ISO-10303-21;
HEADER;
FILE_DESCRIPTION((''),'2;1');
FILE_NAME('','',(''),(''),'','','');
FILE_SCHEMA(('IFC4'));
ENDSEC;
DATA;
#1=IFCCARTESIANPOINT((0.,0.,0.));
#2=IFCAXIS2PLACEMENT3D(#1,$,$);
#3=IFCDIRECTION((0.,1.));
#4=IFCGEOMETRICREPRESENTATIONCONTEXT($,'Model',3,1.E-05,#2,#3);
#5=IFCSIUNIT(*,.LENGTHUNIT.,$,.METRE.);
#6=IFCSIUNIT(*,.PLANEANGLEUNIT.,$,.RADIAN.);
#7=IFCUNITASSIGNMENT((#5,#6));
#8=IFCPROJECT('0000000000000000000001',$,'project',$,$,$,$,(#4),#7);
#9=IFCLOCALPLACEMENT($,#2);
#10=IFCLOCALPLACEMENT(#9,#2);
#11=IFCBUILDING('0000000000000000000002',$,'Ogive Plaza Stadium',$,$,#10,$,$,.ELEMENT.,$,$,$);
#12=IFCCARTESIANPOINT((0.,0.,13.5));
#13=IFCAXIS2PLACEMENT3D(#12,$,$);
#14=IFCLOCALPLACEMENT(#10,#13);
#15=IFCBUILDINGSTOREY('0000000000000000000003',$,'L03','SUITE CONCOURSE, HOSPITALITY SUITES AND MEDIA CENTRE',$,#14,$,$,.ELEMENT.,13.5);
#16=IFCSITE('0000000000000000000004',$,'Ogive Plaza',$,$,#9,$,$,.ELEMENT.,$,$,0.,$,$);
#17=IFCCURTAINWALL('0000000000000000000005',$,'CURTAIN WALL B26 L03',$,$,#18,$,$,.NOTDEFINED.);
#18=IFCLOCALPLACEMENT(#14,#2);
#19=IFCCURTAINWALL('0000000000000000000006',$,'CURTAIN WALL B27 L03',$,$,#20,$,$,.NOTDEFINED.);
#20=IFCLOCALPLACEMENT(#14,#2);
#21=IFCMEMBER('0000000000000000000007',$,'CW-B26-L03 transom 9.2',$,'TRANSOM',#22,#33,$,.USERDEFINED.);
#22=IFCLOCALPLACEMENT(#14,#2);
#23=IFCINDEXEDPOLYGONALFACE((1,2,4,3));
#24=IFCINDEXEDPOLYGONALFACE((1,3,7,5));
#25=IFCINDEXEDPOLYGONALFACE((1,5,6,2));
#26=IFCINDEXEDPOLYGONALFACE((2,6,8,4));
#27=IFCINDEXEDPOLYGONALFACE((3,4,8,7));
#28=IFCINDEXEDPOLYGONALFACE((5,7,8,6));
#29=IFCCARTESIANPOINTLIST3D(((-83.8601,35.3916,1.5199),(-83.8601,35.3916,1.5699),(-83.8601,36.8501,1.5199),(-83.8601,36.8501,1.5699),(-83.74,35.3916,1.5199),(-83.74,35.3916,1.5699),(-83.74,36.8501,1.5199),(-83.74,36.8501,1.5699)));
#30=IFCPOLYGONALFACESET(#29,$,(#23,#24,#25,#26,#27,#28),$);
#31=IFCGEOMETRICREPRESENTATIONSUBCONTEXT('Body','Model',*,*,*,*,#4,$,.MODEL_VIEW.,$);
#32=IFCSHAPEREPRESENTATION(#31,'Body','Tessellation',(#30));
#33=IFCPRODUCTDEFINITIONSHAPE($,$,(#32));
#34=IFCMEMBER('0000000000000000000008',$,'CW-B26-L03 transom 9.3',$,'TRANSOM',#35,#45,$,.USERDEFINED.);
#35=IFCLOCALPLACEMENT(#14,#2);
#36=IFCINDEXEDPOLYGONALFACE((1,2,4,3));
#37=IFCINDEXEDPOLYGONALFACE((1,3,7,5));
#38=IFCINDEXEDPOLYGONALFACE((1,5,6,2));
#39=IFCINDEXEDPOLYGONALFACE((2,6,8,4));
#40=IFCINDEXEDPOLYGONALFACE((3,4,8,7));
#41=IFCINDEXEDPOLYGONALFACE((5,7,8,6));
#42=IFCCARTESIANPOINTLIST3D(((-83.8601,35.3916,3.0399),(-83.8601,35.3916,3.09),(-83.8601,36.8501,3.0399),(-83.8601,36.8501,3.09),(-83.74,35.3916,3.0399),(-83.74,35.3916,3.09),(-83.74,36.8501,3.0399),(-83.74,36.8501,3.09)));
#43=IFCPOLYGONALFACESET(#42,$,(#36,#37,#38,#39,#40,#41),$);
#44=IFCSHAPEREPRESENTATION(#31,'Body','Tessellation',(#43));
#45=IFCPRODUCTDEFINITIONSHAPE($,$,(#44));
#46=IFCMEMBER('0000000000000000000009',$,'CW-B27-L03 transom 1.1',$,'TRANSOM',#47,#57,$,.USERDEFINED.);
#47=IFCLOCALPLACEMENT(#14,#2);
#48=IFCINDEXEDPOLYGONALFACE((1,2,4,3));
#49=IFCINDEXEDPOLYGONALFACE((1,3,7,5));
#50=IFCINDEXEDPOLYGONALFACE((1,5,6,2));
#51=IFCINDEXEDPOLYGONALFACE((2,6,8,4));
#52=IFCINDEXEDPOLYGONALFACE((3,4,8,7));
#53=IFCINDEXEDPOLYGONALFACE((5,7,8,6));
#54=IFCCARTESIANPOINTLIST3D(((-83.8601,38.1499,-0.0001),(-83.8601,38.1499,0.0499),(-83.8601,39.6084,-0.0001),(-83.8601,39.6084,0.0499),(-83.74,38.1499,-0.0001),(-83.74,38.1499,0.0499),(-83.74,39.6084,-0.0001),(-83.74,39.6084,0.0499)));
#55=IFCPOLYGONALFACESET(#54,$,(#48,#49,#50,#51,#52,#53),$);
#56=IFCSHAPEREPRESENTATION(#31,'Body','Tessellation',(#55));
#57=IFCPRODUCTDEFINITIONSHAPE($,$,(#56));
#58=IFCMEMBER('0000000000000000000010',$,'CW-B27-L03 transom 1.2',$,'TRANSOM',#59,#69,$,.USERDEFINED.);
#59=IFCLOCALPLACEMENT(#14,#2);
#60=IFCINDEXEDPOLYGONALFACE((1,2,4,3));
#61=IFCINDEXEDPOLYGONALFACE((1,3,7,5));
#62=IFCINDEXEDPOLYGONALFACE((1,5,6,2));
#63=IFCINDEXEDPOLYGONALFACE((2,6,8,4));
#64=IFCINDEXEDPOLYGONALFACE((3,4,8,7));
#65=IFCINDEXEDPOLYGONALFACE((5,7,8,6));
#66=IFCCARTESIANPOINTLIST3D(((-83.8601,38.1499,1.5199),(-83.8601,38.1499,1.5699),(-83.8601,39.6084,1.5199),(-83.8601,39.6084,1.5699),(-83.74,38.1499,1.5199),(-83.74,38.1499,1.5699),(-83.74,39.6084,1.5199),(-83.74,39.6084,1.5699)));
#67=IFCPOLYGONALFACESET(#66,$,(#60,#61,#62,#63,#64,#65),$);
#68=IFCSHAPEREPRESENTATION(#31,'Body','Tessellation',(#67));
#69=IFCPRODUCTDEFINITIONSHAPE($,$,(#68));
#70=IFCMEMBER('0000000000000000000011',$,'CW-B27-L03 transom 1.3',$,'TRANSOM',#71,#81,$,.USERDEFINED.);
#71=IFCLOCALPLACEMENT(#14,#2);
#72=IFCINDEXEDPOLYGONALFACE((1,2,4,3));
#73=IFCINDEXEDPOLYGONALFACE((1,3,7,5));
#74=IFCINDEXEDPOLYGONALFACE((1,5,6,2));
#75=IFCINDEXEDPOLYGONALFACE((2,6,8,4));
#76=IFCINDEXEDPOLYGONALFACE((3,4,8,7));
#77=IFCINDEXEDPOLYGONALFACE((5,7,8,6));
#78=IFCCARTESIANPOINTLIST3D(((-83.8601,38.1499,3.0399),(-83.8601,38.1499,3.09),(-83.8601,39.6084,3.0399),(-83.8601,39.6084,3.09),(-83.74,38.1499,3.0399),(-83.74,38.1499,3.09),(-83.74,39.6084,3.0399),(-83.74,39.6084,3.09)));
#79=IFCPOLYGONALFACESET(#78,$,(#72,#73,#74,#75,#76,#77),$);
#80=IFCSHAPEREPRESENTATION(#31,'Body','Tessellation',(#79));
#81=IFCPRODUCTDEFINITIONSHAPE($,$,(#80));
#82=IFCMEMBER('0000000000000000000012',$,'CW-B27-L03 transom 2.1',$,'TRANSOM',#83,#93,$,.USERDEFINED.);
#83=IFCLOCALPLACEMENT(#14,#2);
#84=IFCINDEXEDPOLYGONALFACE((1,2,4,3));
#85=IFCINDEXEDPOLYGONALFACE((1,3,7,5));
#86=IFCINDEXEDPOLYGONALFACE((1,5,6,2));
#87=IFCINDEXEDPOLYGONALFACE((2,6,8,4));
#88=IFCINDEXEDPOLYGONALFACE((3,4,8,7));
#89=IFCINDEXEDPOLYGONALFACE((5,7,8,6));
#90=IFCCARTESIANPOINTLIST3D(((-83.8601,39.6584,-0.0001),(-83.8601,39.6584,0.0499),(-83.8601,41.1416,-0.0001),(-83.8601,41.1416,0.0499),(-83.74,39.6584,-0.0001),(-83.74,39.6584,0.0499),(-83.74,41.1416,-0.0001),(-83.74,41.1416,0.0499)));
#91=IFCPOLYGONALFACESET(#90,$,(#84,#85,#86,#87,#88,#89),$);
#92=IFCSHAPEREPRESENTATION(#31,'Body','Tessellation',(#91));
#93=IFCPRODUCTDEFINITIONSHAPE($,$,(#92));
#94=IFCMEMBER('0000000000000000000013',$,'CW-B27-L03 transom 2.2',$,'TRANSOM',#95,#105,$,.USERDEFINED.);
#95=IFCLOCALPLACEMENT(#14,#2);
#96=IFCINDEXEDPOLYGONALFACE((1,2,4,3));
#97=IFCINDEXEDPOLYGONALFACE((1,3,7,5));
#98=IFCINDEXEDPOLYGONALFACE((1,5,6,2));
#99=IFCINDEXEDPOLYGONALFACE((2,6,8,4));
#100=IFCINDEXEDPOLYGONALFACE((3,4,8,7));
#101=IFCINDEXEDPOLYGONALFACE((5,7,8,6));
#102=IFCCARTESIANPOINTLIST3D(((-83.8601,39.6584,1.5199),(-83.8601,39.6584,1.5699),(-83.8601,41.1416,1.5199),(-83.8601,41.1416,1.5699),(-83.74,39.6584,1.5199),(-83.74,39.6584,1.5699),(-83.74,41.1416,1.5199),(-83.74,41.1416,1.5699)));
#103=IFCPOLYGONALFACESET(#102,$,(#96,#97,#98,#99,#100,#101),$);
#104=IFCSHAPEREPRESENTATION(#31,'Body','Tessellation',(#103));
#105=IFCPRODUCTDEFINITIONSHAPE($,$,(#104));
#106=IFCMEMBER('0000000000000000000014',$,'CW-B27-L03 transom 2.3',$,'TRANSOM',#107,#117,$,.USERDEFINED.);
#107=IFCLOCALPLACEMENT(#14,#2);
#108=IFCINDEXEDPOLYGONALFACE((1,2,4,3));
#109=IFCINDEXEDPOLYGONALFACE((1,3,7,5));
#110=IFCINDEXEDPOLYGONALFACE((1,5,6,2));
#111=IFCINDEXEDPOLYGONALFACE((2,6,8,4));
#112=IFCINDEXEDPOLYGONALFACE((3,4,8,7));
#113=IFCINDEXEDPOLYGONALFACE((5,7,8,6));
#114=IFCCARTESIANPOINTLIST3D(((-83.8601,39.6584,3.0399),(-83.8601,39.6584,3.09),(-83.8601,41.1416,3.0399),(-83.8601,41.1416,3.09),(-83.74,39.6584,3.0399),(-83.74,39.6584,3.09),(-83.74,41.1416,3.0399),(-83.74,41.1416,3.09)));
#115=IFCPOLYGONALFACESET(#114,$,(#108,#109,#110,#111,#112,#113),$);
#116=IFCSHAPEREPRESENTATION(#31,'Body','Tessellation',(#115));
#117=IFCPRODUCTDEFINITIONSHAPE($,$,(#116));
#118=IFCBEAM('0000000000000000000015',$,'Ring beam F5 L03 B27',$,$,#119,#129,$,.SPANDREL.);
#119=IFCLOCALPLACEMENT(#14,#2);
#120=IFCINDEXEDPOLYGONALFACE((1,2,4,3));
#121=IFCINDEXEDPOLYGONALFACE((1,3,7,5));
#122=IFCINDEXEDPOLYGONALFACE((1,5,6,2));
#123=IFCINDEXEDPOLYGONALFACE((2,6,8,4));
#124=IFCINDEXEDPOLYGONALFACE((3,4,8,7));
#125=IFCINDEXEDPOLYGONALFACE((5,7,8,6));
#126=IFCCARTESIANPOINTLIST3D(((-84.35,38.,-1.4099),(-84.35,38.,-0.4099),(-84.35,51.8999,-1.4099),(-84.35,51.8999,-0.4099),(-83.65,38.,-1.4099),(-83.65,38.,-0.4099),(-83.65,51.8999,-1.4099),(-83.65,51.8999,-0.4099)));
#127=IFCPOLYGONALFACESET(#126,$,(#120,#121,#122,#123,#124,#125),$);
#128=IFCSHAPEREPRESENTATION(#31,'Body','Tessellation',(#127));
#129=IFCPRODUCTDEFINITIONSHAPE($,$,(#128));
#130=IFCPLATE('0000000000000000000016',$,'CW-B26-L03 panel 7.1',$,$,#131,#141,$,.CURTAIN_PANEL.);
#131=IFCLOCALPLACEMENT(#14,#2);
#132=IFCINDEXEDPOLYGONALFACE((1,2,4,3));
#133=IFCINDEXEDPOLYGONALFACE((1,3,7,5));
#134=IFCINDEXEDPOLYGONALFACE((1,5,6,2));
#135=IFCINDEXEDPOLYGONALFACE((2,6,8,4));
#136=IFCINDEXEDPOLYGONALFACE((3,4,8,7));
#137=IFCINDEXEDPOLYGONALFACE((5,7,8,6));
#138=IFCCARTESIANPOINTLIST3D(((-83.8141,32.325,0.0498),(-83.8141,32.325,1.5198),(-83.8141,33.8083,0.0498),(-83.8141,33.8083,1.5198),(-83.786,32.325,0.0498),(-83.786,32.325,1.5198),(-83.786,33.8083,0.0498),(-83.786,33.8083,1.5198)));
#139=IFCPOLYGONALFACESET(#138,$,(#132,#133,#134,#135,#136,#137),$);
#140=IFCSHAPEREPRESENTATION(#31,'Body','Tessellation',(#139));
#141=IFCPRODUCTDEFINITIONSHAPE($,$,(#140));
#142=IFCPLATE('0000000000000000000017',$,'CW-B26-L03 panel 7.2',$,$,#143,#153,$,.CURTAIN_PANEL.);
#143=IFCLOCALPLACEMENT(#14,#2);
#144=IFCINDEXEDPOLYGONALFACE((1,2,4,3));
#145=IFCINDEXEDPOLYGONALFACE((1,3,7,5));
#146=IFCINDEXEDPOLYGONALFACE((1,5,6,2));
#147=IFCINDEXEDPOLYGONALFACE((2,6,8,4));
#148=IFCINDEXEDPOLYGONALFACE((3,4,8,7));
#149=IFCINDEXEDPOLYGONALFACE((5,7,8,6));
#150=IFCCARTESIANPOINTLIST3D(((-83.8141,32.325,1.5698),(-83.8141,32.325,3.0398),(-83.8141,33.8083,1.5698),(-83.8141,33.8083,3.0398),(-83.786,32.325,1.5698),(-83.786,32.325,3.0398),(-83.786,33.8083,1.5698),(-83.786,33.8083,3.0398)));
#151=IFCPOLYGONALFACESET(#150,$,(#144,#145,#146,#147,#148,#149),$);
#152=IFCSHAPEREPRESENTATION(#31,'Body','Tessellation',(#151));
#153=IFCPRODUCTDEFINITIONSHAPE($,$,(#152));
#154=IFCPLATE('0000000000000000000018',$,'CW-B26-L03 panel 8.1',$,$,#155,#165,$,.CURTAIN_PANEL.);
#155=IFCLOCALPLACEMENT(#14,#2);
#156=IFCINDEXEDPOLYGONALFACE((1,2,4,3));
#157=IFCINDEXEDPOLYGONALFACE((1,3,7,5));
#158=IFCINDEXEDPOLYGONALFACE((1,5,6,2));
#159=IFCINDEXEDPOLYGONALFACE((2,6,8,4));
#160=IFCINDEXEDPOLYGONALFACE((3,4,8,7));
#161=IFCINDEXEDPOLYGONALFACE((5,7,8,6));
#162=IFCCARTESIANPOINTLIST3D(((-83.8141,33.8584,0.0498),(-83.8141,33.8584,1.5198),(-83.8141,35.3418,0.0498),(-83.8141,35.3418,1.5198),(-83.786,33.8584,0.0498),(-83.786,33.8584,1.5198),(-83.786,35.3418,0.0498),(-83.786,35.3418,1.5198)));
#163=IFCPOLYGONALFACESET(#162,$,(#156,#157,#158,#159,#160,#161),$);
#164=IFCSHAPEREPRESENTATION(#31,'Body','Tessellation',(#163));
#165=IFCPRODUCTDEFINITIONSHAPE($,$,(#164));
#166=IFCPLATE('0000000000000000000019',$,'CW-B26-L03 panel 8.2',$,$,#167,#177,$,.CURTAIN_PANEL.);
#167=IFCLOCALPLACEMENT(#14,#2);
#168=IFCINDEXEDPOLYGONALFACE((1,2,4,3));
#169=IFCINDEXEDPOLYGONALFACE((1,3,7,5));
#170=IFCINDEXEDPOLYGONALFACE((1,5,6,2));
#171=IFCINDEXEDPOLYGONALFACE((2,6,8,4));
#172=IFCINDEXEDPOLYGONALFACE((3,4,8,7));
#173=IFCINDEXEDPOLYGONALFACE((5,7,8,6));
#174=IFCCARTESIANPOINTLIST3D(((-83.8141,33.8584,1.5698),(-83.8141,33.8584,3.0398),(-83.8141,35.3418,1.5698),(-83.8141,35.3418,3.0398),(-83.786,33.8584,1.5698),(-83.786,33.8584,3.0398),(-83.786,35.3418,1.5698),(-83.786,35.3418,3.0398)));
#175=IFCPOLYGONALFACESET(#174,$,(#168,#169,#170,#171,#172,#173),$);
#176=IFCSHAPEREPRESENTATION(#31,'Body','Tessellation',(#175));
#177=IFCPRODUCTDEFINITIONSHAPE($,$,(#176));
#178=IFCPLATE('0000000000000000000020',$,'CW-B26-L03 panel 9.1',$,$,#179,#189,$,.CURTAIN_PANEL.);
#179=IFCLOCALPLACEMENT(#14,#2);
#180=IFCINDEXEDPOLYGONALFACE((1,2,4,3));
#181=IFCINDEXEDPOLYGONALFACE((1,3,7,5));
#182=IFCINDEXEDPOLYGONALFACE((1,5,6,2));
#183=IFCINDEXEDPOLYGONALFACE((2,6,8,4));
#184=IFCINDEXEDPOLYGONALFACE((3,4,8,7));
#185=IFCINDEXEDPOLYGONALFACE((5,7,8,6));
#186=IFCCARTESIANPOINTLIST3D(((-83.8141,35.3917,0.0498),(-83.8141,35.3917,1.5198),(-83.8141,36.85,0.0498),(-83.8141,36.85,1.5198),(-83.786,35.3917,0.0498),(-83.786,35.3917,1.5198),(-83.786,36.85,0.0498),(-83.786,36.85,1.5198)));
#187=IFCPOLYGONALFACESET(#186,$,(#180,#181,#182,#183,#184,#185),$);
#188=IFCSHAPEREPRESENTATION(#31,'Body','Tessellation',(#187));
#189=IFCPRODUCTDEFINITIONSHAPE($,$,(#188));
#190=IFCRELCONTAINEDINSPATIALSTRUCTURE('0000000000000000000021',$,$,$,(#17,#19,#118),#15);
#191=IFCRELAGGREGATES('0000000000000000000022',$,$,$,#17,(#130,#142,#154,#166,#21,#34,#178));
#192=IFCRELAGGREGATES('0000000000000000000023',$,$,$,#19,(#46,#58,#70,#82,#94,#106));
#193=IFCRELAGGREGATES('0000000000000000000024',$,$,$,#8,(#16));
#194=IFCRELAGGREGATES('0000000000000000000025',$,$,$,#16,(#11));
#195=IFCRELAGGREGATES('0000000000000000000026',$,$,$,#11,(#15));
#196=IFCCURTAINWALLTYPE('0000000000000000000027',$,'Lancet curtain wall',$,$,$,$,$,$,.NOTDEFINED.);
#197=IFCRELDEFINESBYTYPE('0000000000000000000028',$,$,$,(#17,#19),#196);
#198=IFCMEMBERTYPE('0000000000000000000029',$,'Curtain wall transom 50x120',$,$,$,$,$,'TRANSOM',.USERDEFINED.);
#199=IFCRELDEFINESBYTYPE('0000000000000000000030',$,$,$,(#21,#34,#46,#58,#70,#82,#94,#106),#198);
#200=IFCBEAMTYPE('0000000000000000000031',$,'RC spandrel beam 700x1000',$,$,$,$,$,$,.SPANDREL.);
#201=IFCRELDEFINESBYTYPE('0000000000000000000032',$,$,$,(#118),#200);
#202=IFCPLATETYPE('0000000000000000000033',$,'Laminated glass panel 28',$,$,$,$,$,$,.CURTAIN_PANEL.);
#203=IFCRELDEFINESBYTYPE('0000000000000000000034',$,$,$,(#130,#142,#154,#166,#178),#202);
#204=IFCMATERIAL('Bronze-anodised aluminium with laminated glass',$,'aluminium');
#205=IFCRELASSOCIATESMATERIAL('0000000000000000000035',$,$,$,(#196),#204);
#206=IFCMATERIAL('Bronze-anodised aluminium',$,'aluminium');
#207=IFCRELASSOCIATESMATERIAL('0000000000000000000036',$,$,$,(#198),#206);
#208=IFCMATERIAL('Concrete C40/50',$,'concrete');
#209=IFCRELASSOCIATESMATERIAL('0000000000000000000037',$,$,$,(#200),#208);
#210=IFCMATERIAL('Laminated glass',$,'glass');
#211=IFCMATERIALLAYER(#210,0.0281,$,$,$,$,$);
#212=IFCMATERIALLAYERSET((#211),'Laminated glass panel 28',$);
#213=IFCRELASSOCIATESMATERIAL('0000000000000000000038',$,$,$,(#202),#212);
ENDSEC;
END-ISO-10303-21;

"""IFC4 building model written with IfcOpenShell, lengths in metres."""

from ifc_helpers import new_model, si_unit, direction, frame, origin, origin_2d, place, context, subcontext, project, spatial, rectangle, extrude, material, layer, layer_set, material_profile, profile_set, type_object, element, aggregate, save


model = new_model("IFC4")

# Units and contexts
model_context = context("Model", 3, precision=1e-05, world=origin(), true_north=direction((0.0, 1.0)))
body_context = subcontext(model_context, "Body", "Model", "MODEL_VIEW")
ifc_project = project(units=[si_unit("LENGTHUNIT", "METRE"), si_unit("PLANEANGLEUNIT", "RADIAN")], contexts=[model_context])

# Site, building, storey
site_placement = place(None, origin())
site = spatial("IfcSite", under=ifc_project, at=site_placement, Name="Ogive Plaza", CompositionType="ELEMENT", RefElevation=0.0)
building_placement = place(site_placement, origin())
building = spatial("IfcBuilding", under=site, at=building_placement, Name="Ogive Plaza Stadium", CompositionType="ELEMENT")
storey_placement = place(building_placement, frame((0.0, 0.0, 13.5)))
storey = spatial("IfcBuildingStorey", under=building, at=storey_placement, Name="L03", Description="SUITE CONCOURSE, HOSPITALITY SUITES AND MEDIA CENTRE", CompositionType="ELEMENT", Elevation=13.5)

# Curtain walls
ifc_material_1 = material(Name="Bronze-anodised aluminium with laminated glass", Category="aluminium")
curtain_wall_type = type_object("IfcCurtainWallType", Name="Lancet curtain wall", PredefinedType="NOTDEFINED", material=ifc_material_1)
curtain_wall_1_placement = place(storey_placement, origin())
curtain_wall_1 = element("IfcCurtainWall", 1, at=curtain_wall_1_placement, inside=storey, type_object=curtain_wall_type, Name="CURTAIN WALL B26 L03", PredefinedType="NOTDEFINED")
curtain_wall_2_placement = place(storey_placement, origin())
curtain_wall_2 = element("IfcCurtainWall", 2, at=curtain_wall_2_placement, inside=storey, type_object=curtain_wall_type, Name="CURTAIN WALL B27 L03", PredefinedType="NOTDEFINED")

# Members
ifc_material_2 = material(Name="Bronze-anodised aluminium", Category="aluminium")
ifc_material_profile_1 = material_profile(ifc_material_2, rectangle(XDim=0.1201, YDim=0.05, at=origin_2d()), Name="AL 120x50")
ifc_profile_set_1 = profile_set([ifc_material_profile_1], Name="Bronze-anodised aluminium")
member_type_1 = type_object("IfcMemberType", Name="Curtain wall transom 50x120", ElementType="TRANSOM", PredefinedType="USERDEFINED", material=ifc_profile_set_1)
member_1_placement = place(storey_placement, frame((-83.8, 35.3916, 1.5449), z_axis=(0.0, 1.0, 0.0), x_axis=(-1.0, 0.0, 0.0)))
member_1 = element("IfcMember", 3, at=member_1_placement, type_object=member_type_1, Name="CW-B26-L03 transom 9.2", ObjectType="TRANSOM", PredefinedType="USERDEFINED", context=body_context, shape_type="SweptSolid", body=[
    extrude(rectangle(XDim=0.1201, YDim=0.05, at=origin_2d()), origin(), (0.0, 0.0, 1.0), 1.4585),
])
member_2_placement = place(storey_placement, frame((-83.8, 35.3916, 3.0649), z_axis=(0.0, 1.0, 0.0), x_axis=(-1.0, 0.0, 0.0)))
member_2 = element("IfcMember", 4, at=member_2_placement, type_object=member_type_1, Name="CW-B26-L03 transom 9.3", ObjectType="TRANSOM", PredefinedType="USERDEFINED", context=body_context, shape_type="SweptSolid", body=[
    extrude(rectangle(XDim=0.1201, YDim=0.05, at=origin_2d()), origin(), (0.0, 0.0, 1.0), 1.4585),
])
member_3_placement = place(storey_placement, frame((-83.8, 38.1499, 0.0249), z_axis=(0.0, 1.0, 0.0), x_axis=(-1.0, 0.0, 0.0)))
member_3 = element("IfcMember", 5, at=member_3_placement, type_object=member_type_1, Name="CW-B27-L03 transom 1.1", ObjectType="TRANSOM", PredefinedType="USERDEFINED", context=body_context, shape_type="SweptSolid", body=[
    extrude(rectangle(XDim=0.1201, YDim=0.05, at=origin_2d()), origin(), (0.0, 0.0, 1.0), 1.4585),
])
member_4_placement = place(storey_placement, frame((-83.8, 38.1499, 1.5449), z_axis=(0.0, 1.0, 0.0), x_axis=(-1.0, 0.0, 0.0)))
member_4 = element("IfcMember", 6, at=member_4_placement, type_object=member_type_1, Name="CW-B27-L03 transom 1.2", ObjectType="TRANSOM", PredefinedType="USERDEFINED", context=body_context, shape_type="SweptSolid", body=[
    extrude(rectangle(XDim=0.1201, YDim=0.05, at=origin_2d()), origin(), (0.0, 0.0, 1.0), 1.4585),
])
member_5_placement = place(storey_placement, frame((-83.8, 38.1499, 3.0649), z_axis=(0.0, 1.0, 0.0), x_axis=(-1.0, 0.0, 0.0)))
member_5 = element("IfcMember", 7, at=member_5_placement, type_object=member_type_1, Name="CW-B27-L03 transom 1.3", ObjectType="TRANSOM", PredefinedType="USERDEFINED", context=body_context, shape_type="SweptSolid", body=[
    extrude(rectangle(XDim=0.1201, YDim=0.05, at=origin_2d()), origin(), (0.0, 0.0, 1.0), 1.4585),
])
member_6_placement = place(storey_placement, frame((-83.8, 39.6584, 0.0249), z_axis=(0.0, 1.0, 0.0), x_axis=(-1.0, 0.0, 0.0)))
member_6 = element("IfcMember", 8, at=member_6_placement, type_object=member_type_1, Name="CW-B27-L03 transom 2.1", ObjectType="TRANSOM", PredefinedType="USERDEFINED", context=body_context, shape_type="SweptSolid", body=[
    extrude(rectangle(XDim=0.1201, YDim=0.05, at=origin_2d()), origin(), (0.0, 0.0, 1.0), 1.4832),
])
member_7_placement = place(storey_placement, frame((-83.8, 39.6584, 1.5449), z_axis=(0.0, 1.0, 0.0), x_axis=(-1.0, 0.0, 0.0)))
member_7 = element("IfcMember", 9, at=member_7_placement, type_object=member_type_1, Name="CW-B27-L03 transom 2.2", ObjectType="TRANSOM", PredefinedType="USERDEFINED", context=body_context, shape_type="SweptSolid", body=[
    extrude(rectangle(XDim=0.1201, YDim=0.05, at=origin_2d()), origin(), (0.0, 0.0, 1.0), 1.4832),
])
member_8_placement = place(storey_placement, frame((-83.8, 39.6584, 3.0649), z_axis=(0.0, 1.0, 0.0), x_axis=(-1.0, 0.0, 0.0)))
member_8 = element("IfcMember", 10, at=member_8_placement, type_object=member_type_1, Name="CW-B27-L03 transom 2.3", ObjectType="TRANSOM", PredefinedType="USERDEFINED", context=body_context, shape_type="SweptSolid", body=[
    extrude(rectangle(XDim=0.1201, YDim=0.05, at=origin_2d()), origin(), (0.0, 0.0, 1.0), 1.4832),
])

# Beam
ifc_material_3 = material(Name="Concrete C40/50", Category="concrete")
ifc_material_profile_2 = material_profile(ifc_material_3, rectangle(XDim=0.7, YDim=1.0, at=origin_2d()), Name="RC 700x1000")
ifc_profile_set_2 = profile_set([ifc_material_profile_2], Name="Concrete C40/50")
beam_type = type_object("IfcBeamType", Name="RC spandrel beam 700x1000", PredefinedType="SPANDREL", material=ifc_profile_set_2)
beam_placement = place(storey_placement, frame((-84.0, 38.0, -0.9099), z_axis=(0.0, 1.0, 0.0), x_axis=(-1.0, 0.0, 0.0)))
element("IfcBeam", 11, at=beam_placement, inside=storey, type_object=beam_type, Name="Ring beam F5 L03 B27", PredefinedType="SPANDREL", context=body_context, shape_type="SweptSolid", body=[
    extrude(rectangle(XDim=0.7, YDim=1.0, at=origin_2d()), origin(), (0.0, 0.0, 1.0), 13.8999),
])

# Plates
ifc_material_4 = material(Name="Laminated glass", Category="glass")
ifc_layer = layer(ifc_material_4, 0.0281)
ifc_layer_set = layer_set([ifc_layer], Name="Laminated glass panel 28")
plate_type = type_object("IfcPlateType", Name="Laminated glass panel 28", PredefinedType="CURTAIN_PANEL", material=ifc_layer_set)
plate_1_placement = place(storey_placement, frame((-83.8, 33.0667, 0.0498), z_axis=(0.0, 0.0, 1.0), x_axis=(0.0, 1.0, 0.0)))
plate_1 = element("IfcPlate", 12, at=plate_1_placement, type_object=plate_type, Name="CW-B26-L03 panel 7.1", PredefinedType="CURTAIN_PANEL", context=body_context, shape_type="SweptSolid", body=[
    extrude(rectangle(XDim=1.4834, YDim=0.0281, at=origin_2d()), origin(), (0.0, 0.0, 1.0), 1.47),
])
plate_2_placement = place(storey_placement, frame((-83.8, 33.0667, 1.5698), z_axis=(0.0, 0.0, 1.0), x_axis=(0.0, 1.0, 0.0)))
plate_2 = element("IfcPlate", 13, at=plate_2_placement, type_object=plate_type, Name="CW-B26-L03 panel 7.2", PredefinedType="CURTAIN_PANEL", context=body_context, shape_type="SweptSolid", body=[
    extrude(rectangle(XDim=1.4834, YDim=0.0281, at=origin_2d()), origin(), (0.0, 0.0, 1.0), 1.47),
])
plate_3_placement = place(storey_placement, frame((-83.8, 34.6001, 0.0498), z_axis=(0.0, 0.0, 1.0), x_axis=(0.0, 1.0, 0.0)))
plate_3 = element("IfcPlate", 14, at=plate_3_placement, type_object=plate_type, Name="CW-B26-L03 panel 8.1", PredefinedType="CURTAIN_PANEL", context=body_context, shape_type="SweptSolid", body=[
    extrude(rectangle(XDim=1.4834, YDim=0.0281, at=origin_2d()), origin(), (0.0, 0.0, 1.0), 1.47),
])
plate_4_placement = place(storey_placement, frame((-83.8, 34.6001, 1.5698), z_axis=(0.0, 0.0, 1.0), x_axis=(0.0, 1.0, 0.0)))
plate_4 = element("IfcPlate", 15, at=plate_4_placement, type_object=plate_type, Name="CW-B26-L03 panel 8.2", PredefinedType="CURTAIN_PANEL", context=body_context, shape_type="SweptSolid", body=[
    extrude(rectangle(XDim=1.4834, YDim=0.0281, at=origin_2d()), origin(), (0.0, 0.0, 1.0), 1.47),
])
plate_5_placement = place(storey_placement, frame((-83.8, 36.1208, 0.0498), z_axis=(0.0, 0.0, 1.0), x_axis=(0.0, 1.0, 0.0)))
plate_5 = element("IfcPlate", 16, at=plate_5_placement, type_object=plate_type, Name="CW-B26-L03 panel 9.1", PredefinedType="CURTAIN_PANEL", context=body_context, shape_type="SweptSolid", body=[
    extrude(rectangle(XDim=1.4583, YDim=0.0281, at=origin_2d()), origin(), (0.0, 0.0, 1.0), 1.47),
])
aggregate(curtain_wall_1, [plate_1, plate_2, plate_3, plate_4, member_1, member_2, plate_5])
aggregate(curtain_wall_2, [member_3, member_4, member_5, member_6, member_7, member_8])

save(model, "model.ifc")
